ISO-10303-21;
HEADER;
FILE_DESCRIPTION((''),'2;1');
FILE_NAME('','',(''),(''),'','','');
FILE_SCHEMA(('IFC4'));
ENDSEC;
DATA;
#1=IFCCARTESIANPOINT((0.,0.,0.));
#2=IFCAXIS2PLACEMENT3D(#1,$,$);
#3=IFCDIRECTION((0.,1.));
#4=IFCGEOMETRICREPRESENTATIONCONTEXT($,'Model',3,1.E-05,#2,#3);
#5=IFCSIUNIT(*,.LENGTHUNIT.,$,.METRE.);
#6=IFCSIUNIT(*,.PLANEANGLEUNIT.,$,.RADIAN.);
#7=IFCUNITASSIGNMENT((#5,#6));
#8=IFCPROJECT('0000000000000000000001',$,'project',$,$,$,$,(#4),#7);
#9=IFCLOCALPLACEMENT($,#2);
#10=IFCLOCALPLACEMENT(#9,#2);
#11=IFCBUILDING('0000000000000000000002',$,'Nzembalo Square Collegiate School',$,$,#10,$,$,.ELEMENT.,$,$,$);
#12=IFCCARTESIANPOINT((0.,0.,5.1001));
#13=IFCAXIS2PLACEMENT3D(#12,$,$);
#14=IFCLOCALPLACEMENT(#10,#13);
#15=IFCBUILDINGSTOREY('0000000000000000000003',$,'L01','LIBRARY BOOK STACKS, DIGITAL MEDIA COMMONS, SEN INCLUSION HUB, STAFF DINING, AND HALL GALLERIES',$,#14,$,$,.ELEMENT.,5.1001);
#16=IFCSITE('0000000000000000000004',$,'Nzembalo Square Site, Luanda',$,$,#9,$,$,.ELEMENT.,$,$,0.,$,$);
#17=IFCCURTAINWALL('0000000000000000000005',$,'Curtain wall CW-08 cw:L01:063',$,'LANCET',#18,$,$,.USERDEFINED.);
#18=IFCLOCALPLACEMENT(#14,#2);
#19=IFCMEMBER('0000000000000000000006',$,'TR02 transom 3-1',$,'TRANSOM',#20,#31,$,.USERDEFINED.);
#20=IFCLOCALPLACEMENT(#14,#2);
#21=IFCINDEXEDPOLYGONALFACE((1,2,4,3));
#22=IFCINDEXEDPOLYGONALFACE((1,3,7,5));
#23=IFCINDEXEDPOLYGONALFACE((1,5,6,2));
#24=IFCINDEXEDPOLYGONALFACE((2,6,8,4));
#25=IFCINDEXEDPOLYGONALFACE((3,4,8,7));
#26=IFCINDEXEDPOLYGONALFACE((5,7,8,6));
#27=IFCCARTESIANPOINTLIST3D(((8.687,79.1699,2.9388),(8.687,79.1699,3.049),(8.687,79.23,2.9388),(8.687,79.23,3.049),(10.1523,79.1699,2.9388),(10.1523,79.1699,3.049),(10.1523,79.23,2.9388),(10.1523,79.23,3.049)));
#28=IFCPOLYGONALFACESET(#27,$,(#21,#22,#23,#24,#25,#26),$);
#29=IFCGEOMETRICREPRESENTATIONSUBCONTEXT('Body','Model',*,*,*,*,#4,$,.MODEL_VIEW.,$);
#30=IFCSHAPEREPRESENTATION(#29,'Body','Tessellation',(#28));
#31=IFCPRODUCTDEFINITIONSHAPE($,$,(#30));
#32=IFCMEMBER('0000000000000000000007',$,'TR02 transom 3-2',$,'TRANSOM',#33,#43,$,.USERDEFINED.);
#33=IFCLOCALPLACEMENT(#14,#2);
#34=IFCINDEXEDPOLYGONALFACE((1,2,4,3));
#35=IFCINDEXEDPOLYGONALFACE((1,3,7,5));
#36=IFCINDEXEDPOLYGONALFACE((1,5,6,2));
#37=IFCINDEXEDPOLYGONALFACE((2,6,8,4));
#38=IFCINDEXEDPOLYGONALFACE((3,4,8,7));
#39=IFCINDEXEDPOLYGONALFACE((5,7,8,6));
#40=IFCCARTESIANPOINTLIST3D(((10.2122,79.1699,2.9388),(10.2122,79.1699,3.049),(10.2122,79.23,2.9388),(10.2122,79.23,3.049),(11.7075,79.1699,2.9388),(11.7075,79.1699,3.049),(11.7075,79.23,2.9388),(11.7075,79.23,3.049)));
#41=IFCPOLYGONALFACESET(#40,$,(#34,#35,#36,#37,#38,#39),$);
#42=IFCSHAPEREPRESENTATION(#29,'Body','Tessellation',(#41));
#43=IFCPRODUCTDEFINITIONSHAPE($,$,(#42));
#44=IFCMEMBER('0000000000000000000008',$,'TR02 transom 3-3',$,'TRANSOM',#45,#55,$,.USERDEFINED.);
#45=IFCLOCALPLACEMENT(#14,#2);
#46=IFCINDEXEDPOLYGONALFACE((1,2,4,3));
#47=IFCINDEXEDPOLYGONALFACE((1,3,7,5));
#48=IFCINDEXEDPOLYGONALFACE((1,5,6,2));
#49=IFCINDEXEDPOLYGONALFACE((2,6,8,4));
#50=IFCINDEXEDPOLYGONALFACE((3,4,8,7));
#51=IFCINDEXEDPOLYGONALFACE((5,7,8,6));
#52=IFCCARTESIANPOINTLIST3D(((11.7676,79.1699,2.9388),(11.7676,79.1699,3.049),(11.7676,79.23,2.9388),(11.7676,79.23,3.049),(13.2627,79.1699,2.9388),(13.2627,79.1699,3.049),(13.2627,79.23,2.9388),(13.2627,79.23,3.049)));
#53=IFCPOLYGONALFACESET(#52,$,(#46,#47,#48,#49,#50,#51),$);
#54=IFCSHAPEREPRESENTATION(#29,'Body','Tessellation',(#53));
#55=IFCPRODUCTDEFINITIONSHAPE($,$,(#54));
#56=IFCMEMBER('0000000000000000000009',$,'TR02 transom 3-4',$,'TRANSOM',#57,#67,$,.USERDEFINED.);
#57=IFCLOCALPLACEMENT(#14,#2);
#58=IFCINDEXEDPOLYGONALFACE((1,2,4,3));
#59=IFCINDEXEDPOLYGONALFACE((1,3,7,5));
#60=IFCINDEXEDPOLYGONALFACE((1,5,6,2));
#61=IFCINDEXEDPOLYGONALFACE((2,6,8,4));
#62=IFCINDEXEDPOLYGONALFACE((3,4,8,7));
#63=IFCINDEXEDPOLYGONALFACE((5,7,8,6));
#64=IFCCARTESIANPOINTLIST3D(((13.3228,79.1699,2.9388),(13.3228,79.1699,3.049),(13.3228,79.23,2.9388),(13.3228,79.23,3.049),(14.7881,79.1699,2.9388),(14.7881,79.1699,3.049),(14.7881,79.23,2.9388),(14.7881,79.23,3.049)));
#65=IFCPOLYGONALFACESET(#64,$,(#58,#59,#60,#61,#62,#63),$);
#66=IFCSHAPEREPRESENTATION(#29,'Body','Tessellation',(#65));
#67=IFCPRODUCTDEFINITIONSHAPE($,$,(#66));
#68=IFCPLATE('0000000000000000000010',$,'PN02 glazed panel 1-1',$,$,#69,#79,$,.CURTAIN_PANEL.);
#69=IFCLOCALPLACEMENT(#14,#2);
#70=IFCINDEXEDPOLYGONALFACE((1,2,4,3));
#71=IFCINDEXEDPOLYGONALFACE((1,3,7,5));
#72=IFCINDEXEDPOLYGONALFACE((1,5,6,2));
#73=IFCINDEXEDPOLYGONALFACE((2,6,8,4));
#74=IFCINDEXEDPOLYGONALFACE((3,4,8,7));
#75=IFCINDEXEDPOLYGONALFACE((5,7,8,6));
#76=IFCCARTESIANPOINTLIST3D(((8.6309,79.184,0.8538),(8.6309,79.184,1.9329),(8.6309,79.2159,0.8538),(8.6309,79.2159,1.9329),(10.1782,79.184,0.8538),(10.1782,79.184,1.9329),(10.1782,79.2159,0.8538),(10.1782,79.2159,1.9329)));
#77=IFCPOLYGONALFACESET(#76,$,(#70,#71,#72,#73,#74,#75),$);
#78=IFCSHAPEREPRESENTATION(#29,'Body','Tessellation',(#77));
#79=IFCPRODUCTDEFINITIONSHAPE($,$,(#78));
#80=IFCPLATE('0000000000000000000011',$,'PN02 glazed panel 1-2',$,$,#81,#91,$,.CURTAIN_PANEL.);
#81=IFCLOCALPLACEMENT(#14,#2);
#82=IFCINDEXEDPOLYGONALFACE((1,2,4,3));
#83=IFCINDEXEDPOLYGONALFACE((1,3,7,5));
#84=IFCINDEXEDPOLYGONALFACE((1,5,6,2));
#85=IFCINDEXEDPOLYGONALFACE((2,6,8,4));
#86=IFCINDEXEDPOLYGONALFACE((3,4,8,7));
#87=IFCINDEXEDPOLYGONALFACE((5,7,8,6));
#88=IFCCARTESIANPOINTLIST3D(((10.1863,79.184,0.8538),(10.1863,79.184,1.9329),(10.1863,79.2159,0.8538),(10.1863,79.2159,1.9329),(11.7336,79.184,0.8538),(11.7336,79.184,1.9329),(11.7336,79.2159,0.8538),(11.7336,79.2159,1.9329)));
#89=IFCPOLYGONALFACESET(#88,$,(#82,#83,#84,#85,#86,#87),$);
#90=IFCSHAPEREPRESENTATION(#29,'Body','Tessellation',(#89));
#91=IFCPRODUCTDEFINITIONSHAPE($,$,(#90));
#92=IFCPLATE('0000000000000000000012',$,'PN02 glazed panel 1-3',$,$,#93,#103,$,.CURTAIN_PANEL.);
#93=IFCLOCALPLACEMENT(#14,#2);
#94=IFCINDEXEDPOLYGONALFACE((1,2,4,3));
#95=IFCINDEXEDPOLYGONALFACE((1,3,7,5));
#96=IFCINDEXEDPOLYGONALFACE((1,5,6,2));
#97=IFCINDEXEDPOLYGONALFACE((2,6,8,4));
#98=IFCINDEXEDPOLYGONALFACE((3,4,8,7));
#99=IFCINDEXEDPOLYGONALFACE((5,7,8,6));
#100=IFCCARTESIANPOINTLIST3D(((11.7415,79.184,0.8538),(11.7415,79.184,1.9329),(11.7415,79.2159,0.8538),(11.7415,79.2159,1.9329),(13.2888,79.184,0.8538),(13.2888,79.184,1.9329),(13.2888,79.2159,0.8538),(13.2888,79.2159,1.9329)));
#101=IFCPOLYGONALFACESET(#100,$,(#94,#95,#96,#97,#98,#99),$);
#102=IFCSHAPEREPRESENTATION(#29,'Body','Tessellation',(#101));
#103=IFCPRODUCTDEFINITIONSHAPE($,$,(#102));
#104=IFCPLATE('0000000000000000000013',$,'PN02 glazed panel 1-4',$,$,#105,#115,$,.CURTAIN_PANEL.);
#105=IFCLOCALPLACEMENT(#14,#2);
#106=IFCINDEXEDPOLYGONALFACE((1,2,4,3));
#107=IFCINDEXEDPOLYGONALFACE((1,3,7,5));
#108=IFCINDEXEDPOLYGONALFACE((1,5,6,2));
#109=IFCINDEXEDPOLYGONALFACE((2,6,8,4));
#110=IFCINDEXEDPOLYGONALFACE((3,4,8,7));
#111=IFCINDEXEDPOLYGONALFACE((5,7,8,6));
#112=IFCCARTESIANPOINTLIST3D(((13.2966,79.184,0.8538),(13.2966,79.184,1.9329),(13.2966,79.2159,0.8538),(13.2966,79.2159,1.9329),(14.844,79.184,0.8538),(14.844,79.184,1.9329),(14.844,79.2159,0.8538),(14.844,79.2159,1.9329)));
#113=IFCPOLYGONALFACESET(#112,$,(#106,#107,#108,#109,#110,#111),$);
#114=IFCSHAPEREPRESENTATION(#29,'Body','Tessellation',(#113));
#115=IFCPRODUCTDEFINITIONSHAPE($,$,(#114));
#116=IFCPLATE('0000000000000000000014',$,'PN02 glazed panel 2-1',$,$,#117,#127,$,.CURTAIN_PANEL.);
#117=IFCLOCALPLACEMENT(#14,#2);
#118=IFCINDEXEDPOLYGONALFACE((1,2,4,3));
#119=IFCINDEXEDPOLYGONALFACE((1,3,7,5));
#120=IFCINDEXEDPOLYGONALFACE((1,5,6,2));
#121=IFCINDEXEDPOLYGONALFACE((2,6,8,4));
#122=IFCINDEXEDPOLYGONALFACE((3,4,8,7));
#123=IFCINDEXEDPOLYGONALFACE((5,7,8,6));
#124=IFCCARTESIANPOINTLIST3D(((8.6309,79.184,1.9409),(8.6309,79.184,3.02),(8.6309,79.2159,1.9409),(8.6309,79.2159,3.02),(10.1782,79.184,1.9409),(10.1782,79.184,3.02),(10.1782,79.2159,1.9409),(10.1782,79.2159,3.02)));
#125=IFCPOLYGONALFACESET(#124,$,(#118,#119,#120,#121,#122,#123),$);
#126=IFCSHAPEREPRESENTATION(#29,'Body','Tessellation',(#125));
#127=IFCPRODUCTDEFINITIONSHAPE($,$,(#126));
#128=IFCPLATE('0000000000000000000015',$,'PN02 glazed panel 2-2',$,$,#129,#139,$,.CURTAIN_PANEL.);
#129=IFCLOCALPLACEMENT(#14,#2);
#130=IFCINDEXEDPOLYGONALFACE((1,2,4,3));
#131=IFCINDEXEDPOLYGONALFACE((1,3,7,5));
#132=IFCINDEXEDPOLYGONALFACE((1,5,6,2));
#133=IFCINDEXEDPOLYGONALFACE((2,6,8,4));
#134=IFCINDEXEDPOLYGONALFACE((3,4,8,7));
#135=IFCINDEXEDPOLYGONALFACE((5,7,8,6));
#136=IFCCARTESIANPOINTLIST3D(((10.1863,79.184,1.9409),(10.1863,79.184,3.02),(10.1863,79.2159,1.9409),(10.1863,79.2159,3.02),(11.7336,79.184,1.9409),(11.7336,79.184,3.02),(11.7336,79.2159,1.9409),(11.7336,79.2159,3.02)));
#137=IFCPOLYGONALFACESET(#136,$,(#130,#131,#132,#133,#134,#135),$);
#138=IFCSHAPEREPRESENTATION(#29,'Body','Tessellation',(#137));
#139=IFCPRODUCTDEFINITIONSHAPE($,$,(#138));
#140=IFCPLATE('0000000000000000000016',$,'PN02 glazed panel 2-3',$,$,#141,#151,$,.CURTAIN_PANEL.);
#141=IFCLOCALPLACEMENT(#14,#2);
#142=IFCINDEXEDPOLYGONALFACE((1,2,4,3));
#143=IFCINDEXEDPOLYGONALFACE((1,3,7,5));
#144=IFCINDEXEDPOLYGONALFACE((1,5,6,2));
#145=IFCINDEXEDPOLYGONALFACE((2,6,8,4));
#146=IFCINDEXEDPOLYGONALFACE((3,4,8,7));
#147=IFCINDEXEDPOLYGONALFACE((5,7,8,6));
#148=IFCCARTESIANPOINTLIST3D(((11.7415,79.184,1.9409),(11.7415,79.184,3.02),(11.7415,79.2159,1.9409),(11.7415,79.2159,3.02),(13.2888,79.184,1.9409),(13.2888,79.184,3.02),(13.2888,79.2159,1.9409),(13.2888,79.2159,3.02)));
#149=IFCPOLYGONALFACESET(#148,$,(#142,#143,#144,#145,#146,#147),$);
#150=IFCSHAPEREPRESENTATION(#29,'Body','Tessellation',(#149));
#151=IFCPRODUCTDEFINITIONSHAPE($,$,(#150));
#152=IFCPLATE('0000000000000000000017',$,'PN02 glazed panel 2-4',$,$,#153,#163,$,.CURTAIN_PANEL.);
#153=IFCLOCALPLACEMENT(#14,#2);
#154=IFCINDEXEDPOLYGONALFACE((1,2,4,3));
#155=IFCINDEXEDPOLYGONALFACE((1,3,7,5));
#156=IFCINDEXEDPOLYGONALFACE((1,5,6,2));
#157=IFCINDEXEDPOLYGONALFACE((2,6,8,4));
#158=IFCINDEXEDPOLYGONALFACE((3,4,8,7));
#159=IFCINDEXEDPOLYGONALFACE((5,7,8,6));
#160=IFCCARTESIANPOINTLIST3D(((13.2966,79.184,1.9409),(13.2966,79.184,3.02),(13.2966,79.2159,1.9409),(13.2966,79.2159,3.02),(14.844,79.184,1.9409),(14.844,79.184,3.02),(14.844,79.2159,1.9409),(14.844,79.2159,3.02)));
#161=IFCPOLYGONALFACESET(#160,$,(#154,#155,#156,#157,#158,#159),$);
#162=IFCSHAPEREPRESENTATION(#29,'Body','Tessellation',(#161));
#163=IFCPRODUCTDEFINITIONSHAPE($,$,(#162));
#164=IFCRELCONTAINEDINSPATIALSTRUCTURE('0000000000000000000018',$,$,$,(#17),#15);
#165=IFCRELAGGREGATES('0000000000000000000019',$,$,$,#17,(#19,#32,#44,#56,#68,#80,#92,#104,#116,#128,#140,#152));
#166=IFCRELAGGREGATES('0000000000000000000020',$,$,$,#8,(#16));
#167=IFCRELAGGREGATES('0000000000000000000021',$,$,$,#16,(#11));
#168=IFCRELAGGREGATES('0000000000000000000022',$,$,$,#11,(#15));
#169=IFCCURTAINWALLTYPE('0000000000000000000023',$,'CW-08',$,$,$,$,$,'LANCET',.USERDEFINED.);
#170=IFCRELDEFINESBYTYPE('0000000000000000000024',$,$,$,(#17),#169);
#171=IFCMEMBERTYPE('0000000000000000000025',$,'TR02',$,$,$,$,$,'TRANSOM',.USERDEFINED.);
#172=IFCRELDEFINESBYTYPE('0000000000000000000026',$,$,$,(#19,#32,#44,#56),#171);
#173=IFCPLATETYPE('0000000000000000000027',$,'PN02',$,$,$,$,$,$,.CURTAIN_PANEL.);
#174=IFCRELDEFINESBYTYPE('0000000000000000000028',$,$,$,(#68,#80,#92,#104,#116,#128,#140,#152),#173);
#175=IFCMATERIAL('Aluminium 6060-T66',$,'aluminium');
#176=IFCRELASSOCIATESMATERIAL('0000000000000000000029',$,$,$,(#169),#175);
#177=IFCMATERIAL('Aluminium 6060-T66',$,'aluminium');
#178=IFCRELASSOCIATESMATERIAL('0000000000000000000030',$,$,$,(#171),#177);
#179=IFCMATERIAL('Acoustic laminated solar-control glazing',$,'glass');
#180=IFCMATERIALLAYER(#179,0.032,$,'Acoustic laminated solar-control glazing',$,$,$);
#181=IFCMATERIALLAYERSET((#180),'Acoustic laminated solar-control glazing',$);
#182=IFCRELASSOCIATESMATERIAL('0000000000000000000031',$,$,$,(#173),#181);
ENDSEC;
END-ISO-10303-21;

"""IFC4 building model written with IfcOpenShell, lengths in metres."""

from ifc_helpers import new_model, si_unit, direction, frame, origin, origin_2d, place, context, subcontext, project, spatial, rectangle, extrude, material, layer, layer_set, material_profile, profile_set, type_object, element, aggregate, save


model = new_model("IFC4")

# Units and contexts
model_context = context("Model", 3, precision=1e-05, world=origin(), true_north=direction((0.0, 1.0)))
body_context = subcontext(model_context, "Body", "Model", "MODEL_VIEW")
ifc_project = project(units=[si_unit("LENGTHUNIT", "METRE"), si_unit("PLANEANGLEUNIT", "RADIAN")], contexts=[model_context])

# Site, building, storey
site_placement = place(None, origin())
site = spatial("IfcSite", under=ifc_project, at=site_placement, Name="Nzembalo Square Site, Luanda", CompositionType="ELEMENT", RefElevation=0.0)
building_placement = place(site_placement, origin())
building = spatial("IfcBuilding", under=site, at=building_placement, Name="Nzembalo Square Collegiate School", CompositionType="ELEMENT")
storey_placement = place(building_placement, frame((0.0, 0.0, 5.1001)))
storey = spatial("IfcBuildingStorey", under=building, at=storey_placement, Name="L01", Description="LIBRARY BOOK STACKS, DIGITAL MEDIA COMMONS, SEN INCLUSION HUB, STAFF DINING, AND HALL GALLERIES", CompositionType="ELEMENT", Elevation=5.1001)

# Curtain wall, members, plates
ifc_material_1 = material(Name="Aluminium 6060-T66", Category="aluminium")
curtain_wall_type = type_object("IfcCurtainWallType", Name="CW-08", ElementType="LANCET", PredefinedType="USERDEFINED", material=ifc_material_1)
curtain_wall_placement = place(storey_placement, origin())
curtain_wall = element("IfcCurtainWall", 1, at=curtain_wall_placement, inside=storey, type_object=curtain_wall_type, Name="Curtain wall CW-08 cw:L01:063", ObjectType="LANCET", PredefinedType="USERDEFINED")
ifc_material_2 = material(Name="Aluminium 6060-T66", Category="aluminium")
ifc_material_profile_1 = material_profile(ifc_material_2, rectangle(XDim=0.0601, YDim=0.1101, at=origin_2d()), Name="ALU T60x110")
ifc_profile_set_1 = profile_set([ifc_material_profile_1], Name="Aluminium 6060-T66")
member_type_1 = type_object("IfcMemberType", Name="TR02", ElementType="TRANSOM", PredefinedType="USERDEFINED", material=ifc_profile_set_1)
member_1_placement = place(storey_placement, frame((8.687, 79.2, 2.9939), z_axis=(1.0, 0.0, 0.0), x_axis=(0.0, 1.0, 0.0)))
member_1 = element("IfcMember", 2, at=member_1_placement, type_object=member_type_1, Name="TR02 transom 3-1", ObjectType="TRANSOM", PredefinedType="USERDEFINED", context=body_context, shape_type="SweptSolid", body=[
    extrude(rectangle(XDim=0.0601, YDim=0.1101, at=origin_2d()), origin(), (0.0, 0.0, 1.0), 1.4653),
])
member_2_placement = place(storey_placement, frame((10.2122, 79.2, 2.9939), z_axis=(1.0, 0.0, 0.0), x_axis=(0.0, 1.0, 0.0)))
member_2 = element("IfcMember", 3, at=member_2_placement, type_object=member_type_1, Name="TR02 transom 3-2", ObjectType="TRANSOM", PredefinedType="USERDEFINED", context=body_context, shape_type="SweptSolid", body=[
    extrude(rectangle(XDim=0.0601, YDim=0.1101, at=origin_2d()), origin(), (0.0, 0.0, 1.0), 1.4954),
])
member_3_placement = place(storey_placement, frame((11.7676, 79.2, 2.9939), z_axis=(1.0, 0.0, 0.0), x_axis=(0.0, 1.0, 0.0)))
member_3 = element("IfcMember", 4, at=member_3_placement, type_object=member_type_1, Name="TR02 transom 3-3", ObjectType="TRANSOM", PredefinedType="USERDEFINED", context=body_context, shape_type="SweptSolid", body=[
    extrude(rectangle(XDim=0.0601, YDim=0.1101, at=origin_2d()), origin(), (0.0, 0.0, 1.0), 1.4951),
])
member_4_placement = place(storey_placement, frame((13.3228, 79.2, 2.9939), z_axis=(1.0, 0.0, 0.0), x_axis=(0.0, 1.0, 0.0)))
member_4 = element("IfcMember", 5, at=member_4_placement, type_object=member_type_1, Name="TR02 transom 3-4", ObjectType="TRANSOM", PredefinedType="USERDEFINED", context=body_context, shape_type="SweptSolid", body=[
    extrude(rectangle(XDim=0.0601, YDim=0.1101, at=origin_2d()), origin(), (0.0, 0.0, 1.0), 1.4653),
])
ifc_material_3 = material(Name="Acoustic laminated solar-control glazing", Category="glass")
ifc_layer = layer(ifc_material_3, 0.032, Name="Acoustic laminated solar-control glazing")
ifc_layer_set = layer_set([ifc_layer], Name="Acoustic laminated solar-control glazing")
plate_type = type_object("IfcPlateType", Name="PN02", PredefinedType="CURTAIN_PANEL", material=ifc_layer_set)
plate_1_placement = place(storey_placement, frame((9.4045, 79.2, 0.8538), z_axis=(0.0, 0.0, 1.0), x_axis=(1.0, 0.0, 0.0)))
plate_1 = element("IfcPlate", 6, at=plate_1_placement, type_object=plate_type, Name="PN02 glazed panel 1-1", PredefinedType="CURTAIN_PANEL", context=body_context, shape_type="SweptSolid", body=[
    extrude(rectangle(XDim=1.5474, YDim=0.032, at=origin_2d()), origin(), (0.0, 0.0, 1.0), 1.0791),
])
plate_2_placement = place(storey_placement, frame((10.96, 79.2, 0.8538), z_axis=(0.0, 0.0, 1.0), x_axis=(1.0, 0.0, 0.0)))
plate_2 = element("IfcPlate", 7, at=plate_2_placement, type_object=plate_type, Name="PN02 glazed panel 1-2", PredefinedType="CURTAIN_PANEL", context=body_context, shape_type="SweptSolid", body=[
    extrude(rectangle(XDim=1.5474, YDim=0.032, at=origin_2d()), origin(), (0.0, 0.0, 1.0), 1.0791),
])
plate_3_placement = place(storey_placement, frame((12.5151, 79.2, 0.8538), z_axis=(0.0, 0.0, 1.0), x_axis=(1.0, 0.0, 0.0)))
plate_3 = element("IfcPlate", 8, at=plate_3_placement, type_object=plate_type, Name="PN02 glazed panel 1-3", PredefinedType="CURTAIN_PANEL", context=body_context, shape_type="SweptSolid", body=[
    extrude(rectangle(XDim=1.5474, YDim=0.032, at=origin_2d()), origin(), (0.0, 0.0, 1.0), 1.0791),
])
plate_4_placement = place(storey_placement, frame((14.0703, 79.2, 0.8538), z_axis=(0.0, 0.0, 1.0), x_axis=(1.0, 0.0, 0.0)))
plate_4 = element("IfcPlate", 9, at=plate_4_placement, type_object=plate_type, Name="PN02 glazed panel 1-4", PredefinedType="CURTAIN_PANEL", context=body_context, shape_type="SweptSolid", body=[
    extrude(rectangle(XDim=1.5474, YDim=0.032, at=origin_2d()), origin(), (0.0, 0.0, 1.0), 1.0791),
])
plate_5_placement = place(storey_placement, frame((9.4045, 79.2, 1.9409), z_axis=(0.0, 0.0, 1.0), x_axis=(1.0, 0.0, 0.0)))
plate_5 = element("IfcPlate", 10, at=plate_5_placement, type_object=plate_type, Name="PN02 glazed panel 2-1", PredefinedType="CURTAIN_PANEL", context=body_context, shape_type="SweptSolid", body=[
    extrude(rectangle(XDim=1.5474, YDim=0.032, at=origin_2d()), origin(), (0.0, 0.0, 1.0), 1.0791),
])
plate_6_placement = place(storey_placement, frame((10.96, 79.2, 1.9409), z_axis=(0.0, 0.0, 1.0), x_axis=(1.0, 0.0, 0.0)))
plate_6 = element("IfcPlate", 11, at=plate_6_placement, type_object=plate_type, Name="PN02 glazed panel 2-2", PredefinedType="CURTAIN_PANEL", context=body_context, shape_type="SweptSolid", body=[
    extrude(rectangle(XDim=1.5474, YDim=0.032, at=origin_2d()), origin(), (0.0, 0.0, 1.0), 1.0791),
])
plate_7_placement = place(storey_placement, frame((12.5151, 79.2, 1.9409), z_axis=(0.0, 0.0, 1.0), x_axis=(1.0, 0.0, 0.0)))
plate_7 = element("IfcPlate", 12, at=plate_7_placement, type_object=plate_type, Name="PN02 glazed panel 2-3", PredefinedType="CURTAIN_PANEL", context=body_context, shape_type="SweptSolid", body=[
    extrude(rectangle(XDim=1.5474, YDim=0.032, at=origin_2d()), origin(), (0.0, 0.0, 1.0), 1.0791),
])
plate_8_placement = place(storey_placement, frame((14.0703, 79.2, 1.9409), z_axis=(0.0, 0.0, 1.0), x_axis=(1.0, 0.0, 0.0)))
plate_8 = element("IfcPlate", 13, at=plate_8_placement, type_object=plate_type, Name="PN02 glazed panel 2-4", PredefinedType="CURTAIN_PANEL", context=body_context, shape_type="SweptSolid", body=[
    extrude(rectangle(XDim=1.5474, YDim=0.032, at=origin_2d()), origin(), (0.0, 0.0, 1.0), 1.0791),
])
aggregate(curtain_wall, [member_1, member_2, member_3, member_4, plate_1, plate_2, plate_3, plate_4, plate_5, plate_6, plate_7, plate_8])

save(model, "model.ifc")
